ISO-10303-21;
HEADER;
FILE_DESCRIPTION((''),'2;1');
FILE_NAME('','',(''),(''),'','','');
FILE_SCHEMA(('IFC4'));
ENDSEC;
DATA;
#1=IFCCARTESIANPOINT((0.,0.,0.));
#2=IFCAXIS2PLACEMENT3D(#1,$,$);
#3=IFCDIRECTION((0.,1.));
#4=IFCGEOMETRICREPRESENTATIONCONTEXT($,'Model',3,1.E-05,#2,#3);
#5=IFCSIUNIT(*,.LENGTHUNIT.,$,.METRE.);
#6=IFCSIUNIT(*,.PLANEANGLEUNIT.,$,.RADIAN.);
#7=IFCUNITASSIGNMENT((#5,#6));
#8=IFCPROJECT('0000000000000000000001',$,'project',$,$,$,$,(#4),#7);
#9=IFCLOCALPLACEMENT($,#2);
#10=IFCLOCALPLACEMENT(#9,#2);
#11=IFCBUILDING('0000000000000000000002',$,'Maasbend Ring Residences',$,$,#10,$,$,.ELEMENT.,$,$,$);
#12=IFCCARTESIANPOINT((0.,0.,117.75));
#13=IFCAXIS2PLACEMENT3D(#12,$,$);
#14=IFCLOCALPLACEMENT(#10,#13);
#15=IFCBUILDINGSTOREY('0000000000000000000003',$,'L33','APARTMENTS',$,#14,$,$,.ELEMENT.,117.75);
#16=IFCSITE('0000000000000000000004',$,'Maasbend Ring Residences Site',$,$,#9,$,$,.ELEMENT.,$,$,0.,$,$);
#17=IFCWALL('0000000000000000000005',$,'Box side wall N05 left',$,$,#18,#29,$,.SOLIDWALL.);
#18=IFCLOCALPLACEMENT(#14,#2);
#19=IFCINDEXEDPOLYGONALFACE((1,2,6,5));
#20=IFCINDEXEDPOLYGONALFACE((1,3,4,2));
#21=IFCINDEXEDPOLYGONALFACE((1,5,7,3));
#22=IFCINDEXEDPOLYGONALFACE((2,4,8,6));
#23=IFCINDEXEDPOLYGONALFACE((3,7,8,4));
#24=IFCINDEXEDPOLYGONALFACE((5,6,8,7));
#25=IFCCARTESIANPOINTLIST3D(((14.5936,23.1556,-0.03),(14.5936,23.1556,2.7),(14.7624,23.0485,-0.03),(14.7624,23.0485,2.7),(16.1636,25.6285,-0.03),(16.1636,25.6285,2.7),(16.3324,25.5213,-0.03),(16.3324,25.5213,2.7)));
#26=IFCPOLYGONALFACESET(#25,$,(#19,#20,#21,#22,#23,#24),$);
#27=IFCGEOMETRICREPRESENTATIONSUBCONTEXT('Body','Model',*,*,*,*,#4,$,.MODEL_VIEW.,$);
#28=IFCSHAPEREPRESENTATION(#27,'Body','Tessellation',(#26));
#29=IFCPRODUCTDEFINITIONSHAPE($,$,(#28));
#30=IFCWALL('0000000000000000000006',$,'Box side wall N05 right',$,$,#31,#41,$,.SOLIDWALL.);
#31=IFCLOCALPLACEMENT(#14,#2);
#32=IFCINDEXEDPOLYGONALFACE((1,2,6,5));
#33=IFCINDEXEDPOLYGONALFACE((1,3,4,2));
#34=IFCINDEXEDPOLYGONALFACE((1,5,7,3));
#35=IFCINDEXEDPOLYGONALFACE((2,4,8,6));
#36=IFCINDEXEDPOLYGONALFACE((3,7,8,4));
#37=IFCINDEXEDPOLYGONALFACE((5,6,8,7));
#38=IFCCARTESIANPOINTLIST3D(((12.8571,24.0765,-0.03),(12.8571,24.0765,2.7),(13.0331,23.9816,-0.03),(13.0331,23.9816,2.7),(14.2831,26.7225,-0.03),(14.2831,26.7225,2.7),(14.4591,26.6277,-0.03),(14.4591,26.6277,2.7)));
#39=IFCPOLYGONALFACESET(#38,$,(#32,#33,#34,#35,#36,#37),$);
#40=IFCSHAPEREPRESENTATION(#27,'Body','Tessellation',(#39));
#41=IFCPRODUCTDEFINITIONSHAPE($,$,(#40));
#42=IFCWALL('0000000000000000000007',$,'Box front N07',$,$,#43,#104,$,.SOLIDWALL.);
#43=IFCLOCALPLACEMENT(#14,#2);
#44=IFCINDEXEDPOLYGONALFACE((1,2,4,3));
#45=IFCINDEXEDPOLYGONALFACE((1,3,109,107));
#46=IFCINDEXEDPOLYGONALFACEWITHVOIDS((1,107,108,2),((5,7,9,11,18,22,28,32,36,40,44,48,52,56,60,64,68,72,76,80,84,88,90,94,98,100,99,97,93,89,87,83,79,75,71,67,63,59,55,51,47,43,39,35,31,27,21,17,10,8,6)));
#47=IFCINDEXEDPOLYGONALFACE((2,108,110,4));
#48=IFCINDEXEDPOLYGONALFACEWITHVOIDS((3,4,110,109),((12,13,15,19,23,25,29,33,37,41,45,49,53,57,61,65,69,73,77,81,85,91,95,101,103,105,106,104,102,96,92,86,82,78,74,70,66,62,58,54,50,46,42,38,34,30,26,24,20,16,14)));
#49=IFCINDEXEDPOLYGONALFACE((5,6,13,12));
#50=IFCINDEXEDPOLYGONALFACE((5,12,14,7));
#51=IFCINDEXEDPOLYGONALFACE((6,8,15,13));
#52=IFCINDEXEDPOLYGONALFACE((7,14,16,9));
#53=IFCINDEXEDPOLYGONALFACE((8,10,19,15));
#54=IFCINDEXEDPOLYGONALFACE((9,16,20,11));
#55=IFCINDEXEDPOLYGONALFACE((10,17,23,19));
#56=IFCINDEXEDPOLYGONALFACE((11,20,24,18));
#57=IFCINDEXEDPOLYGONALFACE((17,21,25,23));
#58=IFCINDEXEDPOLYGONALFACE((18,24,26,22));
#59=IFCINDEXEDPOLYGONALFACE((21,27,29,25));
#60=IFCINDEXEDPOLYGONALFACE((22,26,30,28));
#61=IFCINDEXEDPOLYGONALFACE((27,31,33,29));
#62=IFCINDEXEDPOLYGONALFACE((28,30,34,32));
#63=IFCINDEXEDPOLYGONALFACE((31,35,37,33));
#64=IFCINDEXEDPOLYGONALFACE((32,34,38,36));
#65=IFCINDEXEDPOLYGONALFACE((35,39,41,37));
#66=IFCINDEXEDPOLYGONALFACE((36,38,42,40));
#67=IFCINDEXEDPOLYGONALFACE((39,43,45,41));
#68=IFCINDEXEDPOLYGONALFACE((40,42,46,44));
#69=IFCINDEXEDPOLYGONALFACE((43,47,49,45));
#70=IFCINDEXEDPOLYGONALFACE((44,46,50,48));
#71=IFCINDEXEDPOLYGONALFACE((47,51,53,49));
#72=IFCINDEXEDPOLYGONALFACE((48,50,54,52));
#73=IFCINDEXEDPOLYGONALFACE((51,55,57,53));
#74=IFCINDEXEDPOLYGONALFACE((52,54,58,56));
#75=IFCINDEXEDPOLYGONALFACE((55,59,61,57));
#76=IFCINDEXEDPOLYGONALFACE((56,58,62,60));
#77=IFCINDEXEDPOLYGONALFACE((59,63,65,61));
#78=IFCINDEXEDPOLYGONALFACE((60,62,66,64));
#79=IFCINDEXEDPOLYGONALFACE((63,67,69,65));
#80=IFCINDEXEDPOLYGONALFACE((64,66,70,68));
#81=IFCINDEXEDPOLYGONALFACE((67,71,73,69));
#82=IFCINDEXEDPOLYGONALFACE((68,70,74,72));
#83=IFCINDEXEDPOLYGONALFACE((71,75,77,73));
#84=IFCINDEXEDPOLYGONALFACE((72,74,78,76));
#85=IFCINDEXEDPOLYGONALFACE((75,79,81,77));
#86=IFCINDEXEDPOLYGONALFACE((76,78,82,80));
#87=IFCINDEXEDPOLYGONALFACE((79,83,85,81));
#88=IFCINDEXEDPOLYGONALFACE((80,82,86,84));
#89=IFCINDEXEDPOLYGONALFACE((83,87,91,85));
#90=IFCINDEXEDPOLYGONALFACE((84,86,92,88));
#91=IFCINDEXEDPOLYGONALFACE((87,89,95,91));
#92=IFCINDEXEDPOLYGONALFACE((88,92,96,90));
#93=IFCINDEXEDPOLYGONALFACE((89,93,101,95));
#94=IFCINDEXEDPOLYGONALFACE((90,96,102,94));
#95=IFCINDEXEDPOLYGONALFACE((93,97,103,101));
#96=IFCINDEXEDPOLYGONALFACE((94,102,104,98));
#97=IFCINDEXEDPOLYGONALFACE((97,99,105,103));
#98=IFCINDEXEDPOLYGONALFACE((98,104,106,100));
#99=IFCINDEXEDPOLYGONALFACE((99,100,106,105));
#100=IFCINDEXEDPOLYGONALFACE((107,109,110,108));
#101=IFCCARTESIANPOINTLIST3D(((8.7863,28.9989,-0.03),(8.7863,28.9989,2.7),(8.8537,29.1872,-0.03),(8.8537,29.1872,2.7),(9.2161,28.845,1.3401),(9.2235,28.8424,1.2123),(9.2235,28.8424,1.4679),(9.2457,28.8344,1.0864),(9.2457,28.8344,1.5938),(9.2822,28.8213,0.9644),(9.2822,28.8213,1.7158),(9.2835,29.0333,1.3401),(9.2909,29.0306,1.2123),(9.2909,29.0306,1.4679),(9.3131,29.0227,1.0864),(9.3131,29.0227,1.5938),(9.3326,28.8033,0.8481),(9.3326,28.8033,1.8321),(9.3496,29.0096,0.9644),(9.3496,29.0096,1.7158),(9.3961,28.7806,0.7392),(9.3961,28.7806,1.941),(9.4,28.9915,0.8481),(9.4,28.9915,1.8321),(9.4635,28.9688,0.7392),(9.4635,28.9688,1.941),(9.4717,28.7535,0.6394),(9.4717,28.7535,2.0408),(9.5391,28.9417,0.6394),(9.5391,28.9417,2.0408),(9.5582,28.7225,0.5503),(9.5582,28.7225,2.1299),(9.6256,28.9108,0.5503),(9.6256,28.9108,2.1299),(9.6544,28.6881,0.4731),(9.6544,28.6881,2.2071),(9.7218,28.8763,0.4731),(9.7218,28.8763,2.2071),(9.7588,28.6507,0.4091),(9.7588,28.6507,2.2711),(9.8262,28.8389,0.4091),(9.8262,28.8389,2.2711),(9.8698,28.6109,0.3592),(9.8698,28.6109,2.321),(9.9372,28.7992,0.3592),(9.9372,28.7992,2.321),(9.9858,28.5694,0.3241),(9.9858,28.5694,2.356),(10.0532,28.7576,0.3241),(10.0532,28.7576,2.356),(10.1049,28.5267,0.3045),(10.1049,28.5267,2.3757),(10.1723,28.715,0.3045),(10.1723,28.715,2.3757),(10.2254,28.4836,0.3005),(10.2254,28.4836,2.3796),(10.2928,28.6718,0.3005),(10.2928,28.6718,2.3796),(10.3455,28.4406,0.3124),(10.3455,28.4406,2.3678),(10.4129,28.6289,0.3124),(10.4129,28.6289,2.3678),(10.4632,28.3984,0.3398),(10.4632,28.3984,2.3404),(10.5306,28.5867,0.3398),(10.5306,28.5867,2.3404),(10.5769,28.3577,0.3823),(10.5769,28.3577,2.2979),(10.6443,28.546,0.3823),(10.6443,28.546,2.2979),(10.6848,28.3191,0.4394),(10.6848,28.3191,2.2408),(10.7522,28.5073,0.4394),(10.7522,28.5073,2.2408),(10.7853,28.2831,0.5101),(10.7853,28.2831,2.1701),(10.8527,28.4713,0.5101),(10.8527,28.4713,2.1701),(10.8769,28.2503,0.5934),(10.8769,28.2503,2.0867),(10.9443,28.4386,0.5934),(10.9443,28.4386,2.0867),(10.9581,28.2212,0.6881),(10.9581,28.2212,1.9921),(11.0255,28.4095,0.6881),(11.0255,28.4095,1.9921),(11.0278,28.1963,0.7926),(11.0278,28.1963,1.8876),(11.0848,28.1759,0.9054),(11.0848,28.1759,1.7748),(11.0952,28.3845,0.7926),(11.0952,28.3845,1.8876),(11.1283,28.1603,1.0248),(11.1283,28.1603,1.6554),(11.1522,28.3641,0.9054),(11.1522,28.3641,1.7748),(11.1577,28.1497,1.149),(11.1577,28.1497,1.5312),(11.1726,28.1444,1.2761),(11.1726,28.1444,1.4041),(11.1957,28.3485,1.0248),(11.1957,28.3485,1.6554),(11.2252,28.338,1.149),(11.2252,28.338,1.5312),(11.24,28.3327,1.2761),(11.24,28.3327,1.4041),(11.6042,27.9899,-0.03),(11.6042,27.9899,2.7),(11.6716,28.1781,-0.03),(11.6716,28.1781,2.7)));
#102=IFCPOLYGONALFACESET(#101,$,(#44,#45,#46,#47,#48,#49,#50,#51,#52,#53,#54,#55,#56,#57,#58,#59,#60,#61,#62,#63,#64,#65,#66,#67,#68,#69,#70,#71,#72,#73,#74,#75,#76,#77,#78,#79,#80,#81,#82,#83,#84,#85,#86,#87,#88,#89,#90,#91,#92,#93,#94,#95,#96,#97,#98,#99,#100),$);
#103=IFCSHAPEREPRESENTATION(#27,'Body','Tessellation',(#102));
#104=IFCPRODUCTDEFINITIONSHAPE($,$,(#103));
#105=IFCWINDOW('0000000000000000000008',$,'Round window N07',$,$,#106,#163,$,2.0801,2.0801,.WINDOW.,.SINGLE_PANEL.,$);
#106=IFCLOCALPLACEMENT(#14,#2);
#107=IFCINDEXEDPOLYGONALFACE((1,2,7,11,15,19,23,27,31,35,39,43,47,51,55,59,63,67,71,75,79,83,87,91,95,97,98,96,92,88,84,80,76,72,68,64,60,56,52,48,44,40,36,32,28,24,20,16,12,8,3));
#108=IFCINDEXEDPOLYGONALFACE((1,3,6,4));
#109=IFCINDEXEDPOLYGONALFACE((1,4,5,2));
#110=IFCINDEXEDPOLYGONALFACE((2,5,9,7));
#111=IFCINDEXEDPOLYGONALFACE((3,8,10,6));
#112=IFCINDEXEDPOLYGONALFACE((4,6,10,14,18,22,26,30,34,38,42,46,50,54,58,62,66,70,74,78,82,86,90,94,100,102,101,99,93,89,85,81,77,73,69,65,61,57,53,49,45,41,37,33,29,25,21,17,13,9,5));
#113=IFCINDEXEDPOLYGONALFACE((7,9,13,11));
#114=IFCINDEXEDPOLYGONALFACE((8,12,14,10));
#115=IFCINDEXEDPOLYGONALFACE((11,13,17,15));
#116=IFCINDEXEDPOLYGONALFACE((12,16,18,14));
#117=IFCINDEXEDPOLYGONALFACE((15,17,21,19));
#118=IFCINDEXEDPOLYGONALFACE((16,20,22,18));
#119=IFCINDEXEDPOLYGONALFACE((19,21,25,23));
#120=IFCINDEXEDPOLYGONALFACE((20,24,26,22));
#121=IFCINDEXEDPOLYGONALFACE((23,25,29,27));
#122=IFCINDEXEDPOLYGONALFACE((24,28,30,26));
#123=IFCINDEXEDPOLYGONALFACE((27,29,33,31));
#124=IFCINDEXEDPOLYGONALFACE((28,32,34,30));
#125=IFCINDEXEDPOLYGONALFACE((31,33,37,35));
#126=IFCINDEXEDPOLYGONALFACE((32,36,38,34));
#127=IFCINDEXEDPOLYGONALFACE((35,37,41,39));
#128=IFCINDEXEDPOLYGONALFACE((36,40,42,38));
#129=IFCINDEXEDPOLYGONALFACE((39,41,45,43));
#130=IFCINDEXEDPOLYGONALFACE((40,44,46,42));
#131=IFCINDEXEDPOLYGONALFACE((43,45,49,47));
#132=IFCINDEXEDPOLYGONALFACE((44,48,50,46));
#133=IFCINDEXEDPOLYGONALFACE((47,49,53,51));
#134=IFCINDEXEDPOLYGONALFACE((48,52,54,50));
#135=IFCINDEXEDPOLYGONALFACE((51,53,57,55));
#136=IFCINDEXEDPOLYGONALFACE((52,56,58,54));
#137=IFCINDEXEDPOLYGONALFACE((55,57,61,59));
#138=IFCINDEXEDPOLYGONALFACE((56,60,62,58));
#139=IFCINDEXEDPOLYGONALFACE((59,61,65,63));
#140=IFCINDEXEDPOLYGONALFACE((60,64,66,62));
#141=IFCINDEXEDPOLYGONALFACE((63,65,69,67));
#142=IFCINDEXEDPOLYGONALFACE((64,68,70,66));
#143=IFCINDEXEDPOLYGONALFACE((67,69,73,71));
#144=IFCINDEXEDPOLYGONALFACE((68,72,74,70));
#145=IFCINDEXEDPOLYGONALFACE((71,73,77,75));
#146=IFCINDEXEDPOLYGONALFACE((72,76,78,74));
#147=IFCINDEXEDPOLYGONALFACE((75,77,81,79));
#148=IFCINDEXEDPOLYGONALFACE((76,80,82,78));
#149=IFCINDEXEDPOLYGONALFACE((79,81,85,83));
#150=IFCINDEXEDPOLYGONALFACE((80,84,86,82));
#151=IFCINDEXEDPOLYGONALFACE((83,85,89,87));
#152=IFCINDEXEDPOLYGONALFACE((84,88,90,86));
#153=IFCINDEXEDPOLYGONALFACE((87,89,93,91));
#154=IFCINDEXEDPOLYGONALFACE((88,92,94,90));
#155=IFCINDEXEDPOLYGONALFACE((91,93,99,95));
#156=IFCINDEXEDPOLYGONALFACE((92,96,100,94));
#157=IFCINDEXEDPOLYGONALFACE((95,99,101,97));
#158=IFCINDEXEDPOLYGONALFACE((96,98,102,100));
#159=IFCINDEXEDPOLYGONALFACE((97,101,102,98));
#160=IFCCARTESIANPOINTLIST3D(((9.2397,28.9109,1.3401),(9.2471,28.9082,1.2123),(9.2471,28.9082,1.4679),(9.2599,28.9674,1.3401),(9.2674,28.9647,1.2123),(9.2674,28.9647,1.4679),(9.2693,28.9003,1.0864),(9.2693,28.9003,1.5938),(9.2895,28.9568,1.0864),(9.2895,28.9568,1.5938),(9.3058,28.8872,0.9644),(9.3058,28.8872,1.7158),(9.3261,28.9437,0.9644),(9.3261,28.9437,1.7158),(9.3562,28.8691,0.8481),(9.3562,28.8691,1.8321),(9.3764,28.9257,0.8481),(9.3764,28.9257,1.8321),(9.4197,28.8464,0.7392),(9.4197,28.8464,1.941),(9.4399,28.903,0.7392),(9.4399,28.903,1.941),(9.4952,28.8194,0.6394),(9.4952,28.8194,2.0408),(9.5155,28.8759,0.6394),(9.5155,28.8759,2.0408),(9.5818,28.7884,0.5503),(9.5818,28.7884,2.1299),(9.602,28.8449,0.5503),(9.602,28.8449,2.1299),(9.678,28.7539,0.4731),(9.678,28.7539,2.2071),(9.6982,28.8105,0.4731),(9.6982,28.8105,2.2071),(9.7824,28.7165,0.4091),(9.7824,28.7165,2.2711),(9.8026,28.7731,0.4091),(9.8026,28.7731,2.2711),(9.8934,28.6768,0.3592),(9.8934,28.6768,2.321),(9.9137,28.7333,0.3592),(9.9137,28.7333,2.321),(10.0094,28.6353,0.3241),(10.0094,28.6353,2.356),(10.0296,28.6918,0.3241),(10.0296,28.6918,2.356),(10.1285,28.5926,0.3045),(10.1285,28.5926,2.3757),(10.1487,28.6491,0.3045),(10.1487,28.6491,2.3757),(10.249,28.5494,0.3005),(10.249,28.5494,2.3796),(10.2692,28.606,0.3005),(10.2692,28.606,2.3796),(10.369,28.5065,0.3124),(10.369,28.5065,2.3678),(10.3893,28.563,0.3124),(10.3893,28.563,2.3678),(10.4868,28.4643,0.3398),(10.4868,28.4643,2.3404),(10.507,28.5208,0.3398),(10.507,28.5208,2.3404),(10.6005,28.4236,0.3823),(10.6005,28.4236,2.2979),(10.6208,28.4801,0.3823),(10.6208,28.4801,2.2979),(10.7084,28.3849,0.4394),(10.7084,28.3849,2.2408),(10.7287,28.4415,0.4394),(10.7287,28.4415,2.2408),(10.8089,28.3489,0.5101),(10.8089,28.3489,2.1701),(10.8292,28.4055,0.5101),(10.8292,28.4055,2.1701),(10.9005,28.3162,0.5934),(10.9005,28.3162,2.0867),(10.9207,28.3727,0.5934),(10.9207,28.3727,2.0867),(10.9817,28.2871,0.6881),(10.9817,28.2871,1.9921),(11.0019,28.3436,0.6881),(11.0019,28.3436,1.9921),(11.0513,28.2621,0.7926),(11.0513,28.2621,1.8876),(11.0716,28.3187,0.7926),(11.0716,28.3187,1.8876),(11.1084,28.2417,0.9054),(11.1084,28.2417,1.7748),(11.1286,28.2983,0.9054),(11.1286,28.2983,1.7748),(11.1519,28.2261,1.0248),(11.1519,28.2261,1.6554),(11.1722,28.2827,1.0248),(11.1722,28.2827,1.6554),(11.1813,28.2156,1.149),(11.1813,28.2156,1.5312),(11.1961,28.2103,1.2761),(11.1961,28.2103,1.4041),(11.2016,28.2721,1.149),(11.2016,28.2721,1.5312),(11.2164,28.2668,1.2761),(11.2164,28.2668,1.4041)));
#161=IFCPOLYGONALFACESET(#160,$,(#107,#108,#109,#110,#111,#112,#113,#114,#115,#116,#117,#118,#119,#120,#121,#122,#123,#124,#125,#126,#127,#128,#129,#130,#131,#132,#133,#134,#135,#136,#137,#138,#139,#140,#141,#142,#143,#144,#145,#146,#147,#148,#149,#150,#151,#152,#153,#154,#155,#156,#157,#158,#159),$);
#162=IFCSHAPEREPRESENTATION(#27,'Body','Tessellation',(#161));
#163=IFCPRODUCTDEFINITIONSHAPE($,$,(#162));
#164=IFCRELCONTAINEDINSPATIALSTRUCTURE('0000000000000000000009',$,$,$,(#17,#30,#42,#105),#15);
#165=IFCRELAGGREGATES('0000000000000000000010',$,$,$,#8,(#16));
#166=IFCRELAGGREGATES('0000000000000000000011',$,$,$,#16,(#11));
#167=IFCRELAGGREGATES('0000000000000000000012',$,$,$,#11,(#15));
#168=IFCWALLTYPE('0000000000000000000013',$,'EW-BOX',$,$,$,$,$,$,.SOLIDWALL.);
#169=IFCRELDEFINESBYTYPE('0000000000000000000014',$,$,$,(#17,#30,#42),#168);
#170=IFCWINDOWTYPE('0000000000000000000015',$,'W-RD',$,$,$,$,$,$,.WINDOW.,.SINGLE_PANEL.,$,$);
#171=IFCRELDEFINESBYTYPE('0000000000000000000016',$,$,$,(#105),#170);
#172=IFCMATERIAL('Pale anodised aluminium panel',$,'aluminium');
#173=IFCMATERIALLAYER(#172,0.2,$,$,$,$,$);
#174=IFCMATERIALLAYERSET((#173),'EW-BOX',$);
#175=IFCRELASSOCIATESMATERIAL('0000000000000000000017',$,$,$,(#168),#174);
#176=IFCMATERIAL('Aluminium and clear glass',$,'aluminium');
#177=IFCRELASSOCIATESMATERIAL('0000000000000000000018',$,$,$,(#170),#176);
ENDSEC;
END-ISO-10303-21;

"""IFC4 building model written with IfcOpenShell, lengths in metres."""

from ifc_helpers import new_model, si_unit, direction, frame, frame_2d, origin, place, context, subcontext, project, spatial, rectangle, circle, extrude, material, layer, layer_set, type_object, element, fill, save


model = new_model("IFC4")

# Units and contexts
model_context = context("Model", 3, precision=1e-05, world=origin(), true_north=direction((0.0, 1.0)))
body_context = subcontext(model_context, "Body", "Model", "MODEL_VIEW")
ifc_project = project(units=[si_unit("LENGTHUNIT", "METRE"), si_unit("PLANEANGLEUNIT", "RADIAN")], contexts=[model_context])

# Site, building, storey
site_placement = place(None, origin())
site = spatial("IfcSite", under=ifc_project, at=site_placement, Name="Maasbend Ring Residences Site", CompositionType="ELEMENT", RefElevation=0.0)
building_placement = place(site_placement, origin())
building = spatial("IfcBuilding", under=site, at=building_placement, Name="Maasbend Ring Residences", CompositionType="ELEMENT")
storey_placement = place(building_placement, frame((0.0, 0.0, 117.75)))
storey = spatial("IfcBuildingStorey", under=building, at=storey_placement, Name="L33", Description="APARTMENTS", CompositionType="ELEMENT", Elevation=117.75)

# Walls
ifc_material_1 = material(Name="Pale anodised aluminium panel", Category="aluminium")
ifc_layer_1 = layer(ifc_material_1, 0.2)
ifc_layer_set_1 = layer_set([ifc_layer_1], Name="EW-BOX")
wall_type_1 = type_object("IfcWallType", Name="EW-BOX", PredefinedType="SOLIDWALL", material=ifc_layer_set_1)
wall_1_placement = place(storey_placement, frame((14.678, 23.1021, -0.03), z_axis=(0.0, 0.0, 1.0), x_axis=(0.536002, 0.844217, 0.0)))
element("IfcWall", 1, at=wall_1_placement, inside=storey, type_object=wall_type_1, Name="Box side wall N05 left", PredefinedType="SOLIDWALL", context=body_context, shape_type="SweptSolid", body=[
    extrude(rectangle(XDim=2.9292, YDim=0.2, at=frame_2d((1.4646, 0.0))), origin(), (0.0, 0.0, 1.0), 2.73),
])
wall_2_placement = place(storey_placement, frame((12.9451, 24.0291, -0.03), z_axis=(0.0, 0.0, 1.0), x_axis=(0.474424, 0.880296, 0.0)))
element("IfcWall", 2, at=wall_2_placement, inside=storey, type_object=wall_type_1, Name="Box side wall N05 right", PredefinedType="SOLIDWALL", context=body_context, shape_type="SweptSolid", body=[
    extrude(rectangle(XDim=3.0059, YDim=0.2, at=frame_2d((1.5029, 0.0))), origin(), (0.0, 0.0, 1.0), 2.73),
])

# Wall, opening, window
wall_3_placement = place(storey_placement, frame((11.6379, 28.084, -0.03), z_axis=(0.0, 0.0, 1.0), x_axis=(-0.941461, 0.337122, 0.0)))
wall_3 = element("IfcWall", 3, at=wall_3_placement, inside=storey, type_object=wall_type_1, Name="Box front N07", PredefinedType="SOLIDWALL", context=body_context, shape_type="SweptSolid", body=[
    extrude(rectangle(XDim=2.9932, YDim=0.2, at=frame_2d((1.4966, 0.0))), origin(), (0.0, 0.0, 1.0), 2.73),
])
opening_1_placement = place(wall_3_placement, frame((0.4565, 0.0, 0.3301)))
opening_1 = element("IfcOpeningElement", 4, at=opening_1_placement, cuts=wall_3, PredefinedType="OPENING", context=body_context, shape_type="SweptSolid", body=[
    extrude(circle(Radius=1.04, at=frame_2d((1.04, 1.04))), frame((0.0, 0.1099, 0.0), z_axis=(0.0, -1.0, 0.0), x_axis=(1.0, 0.0, 0.0)), (0.0, 0.0, 1.0), 0.22),
])
ifc_material_2 = material(Name="Aluminium and clear glass", Category="aluminium")
window_type_1 = type_object("IfcWindowType", Name="W-RD", PartitioningType="SINGLE_PANEL", PredefinedType="WINDOW", material=ifc_material_2)
window_1_placement = place(opening_1_placement, origin())
window_1 = element("IfcWindow", 5, at=window_1_placement, inside=storey, type_object=window_type_1, Name="Round window N07", OverallHeight=2.0801, OverallWidth=2.0801, PartitioningType="SINGLE_PANEL", PredefinedType="WINDOW", context=body_context, shape_type="SweptSolid", body=[
    extrude(circle(Radius=1.04, at=frame_2d((1.04, 1.04))), frame((0.0, 0.03, 0.0), z_axis=(0.0, -1.0, 0.0), x_axis=(1.0, 0.0, 0.0)), (0.0, 0.0, 1.0), 0.0601),
])
fill(opening_1, window_1)

save(model, "model.ifc")
